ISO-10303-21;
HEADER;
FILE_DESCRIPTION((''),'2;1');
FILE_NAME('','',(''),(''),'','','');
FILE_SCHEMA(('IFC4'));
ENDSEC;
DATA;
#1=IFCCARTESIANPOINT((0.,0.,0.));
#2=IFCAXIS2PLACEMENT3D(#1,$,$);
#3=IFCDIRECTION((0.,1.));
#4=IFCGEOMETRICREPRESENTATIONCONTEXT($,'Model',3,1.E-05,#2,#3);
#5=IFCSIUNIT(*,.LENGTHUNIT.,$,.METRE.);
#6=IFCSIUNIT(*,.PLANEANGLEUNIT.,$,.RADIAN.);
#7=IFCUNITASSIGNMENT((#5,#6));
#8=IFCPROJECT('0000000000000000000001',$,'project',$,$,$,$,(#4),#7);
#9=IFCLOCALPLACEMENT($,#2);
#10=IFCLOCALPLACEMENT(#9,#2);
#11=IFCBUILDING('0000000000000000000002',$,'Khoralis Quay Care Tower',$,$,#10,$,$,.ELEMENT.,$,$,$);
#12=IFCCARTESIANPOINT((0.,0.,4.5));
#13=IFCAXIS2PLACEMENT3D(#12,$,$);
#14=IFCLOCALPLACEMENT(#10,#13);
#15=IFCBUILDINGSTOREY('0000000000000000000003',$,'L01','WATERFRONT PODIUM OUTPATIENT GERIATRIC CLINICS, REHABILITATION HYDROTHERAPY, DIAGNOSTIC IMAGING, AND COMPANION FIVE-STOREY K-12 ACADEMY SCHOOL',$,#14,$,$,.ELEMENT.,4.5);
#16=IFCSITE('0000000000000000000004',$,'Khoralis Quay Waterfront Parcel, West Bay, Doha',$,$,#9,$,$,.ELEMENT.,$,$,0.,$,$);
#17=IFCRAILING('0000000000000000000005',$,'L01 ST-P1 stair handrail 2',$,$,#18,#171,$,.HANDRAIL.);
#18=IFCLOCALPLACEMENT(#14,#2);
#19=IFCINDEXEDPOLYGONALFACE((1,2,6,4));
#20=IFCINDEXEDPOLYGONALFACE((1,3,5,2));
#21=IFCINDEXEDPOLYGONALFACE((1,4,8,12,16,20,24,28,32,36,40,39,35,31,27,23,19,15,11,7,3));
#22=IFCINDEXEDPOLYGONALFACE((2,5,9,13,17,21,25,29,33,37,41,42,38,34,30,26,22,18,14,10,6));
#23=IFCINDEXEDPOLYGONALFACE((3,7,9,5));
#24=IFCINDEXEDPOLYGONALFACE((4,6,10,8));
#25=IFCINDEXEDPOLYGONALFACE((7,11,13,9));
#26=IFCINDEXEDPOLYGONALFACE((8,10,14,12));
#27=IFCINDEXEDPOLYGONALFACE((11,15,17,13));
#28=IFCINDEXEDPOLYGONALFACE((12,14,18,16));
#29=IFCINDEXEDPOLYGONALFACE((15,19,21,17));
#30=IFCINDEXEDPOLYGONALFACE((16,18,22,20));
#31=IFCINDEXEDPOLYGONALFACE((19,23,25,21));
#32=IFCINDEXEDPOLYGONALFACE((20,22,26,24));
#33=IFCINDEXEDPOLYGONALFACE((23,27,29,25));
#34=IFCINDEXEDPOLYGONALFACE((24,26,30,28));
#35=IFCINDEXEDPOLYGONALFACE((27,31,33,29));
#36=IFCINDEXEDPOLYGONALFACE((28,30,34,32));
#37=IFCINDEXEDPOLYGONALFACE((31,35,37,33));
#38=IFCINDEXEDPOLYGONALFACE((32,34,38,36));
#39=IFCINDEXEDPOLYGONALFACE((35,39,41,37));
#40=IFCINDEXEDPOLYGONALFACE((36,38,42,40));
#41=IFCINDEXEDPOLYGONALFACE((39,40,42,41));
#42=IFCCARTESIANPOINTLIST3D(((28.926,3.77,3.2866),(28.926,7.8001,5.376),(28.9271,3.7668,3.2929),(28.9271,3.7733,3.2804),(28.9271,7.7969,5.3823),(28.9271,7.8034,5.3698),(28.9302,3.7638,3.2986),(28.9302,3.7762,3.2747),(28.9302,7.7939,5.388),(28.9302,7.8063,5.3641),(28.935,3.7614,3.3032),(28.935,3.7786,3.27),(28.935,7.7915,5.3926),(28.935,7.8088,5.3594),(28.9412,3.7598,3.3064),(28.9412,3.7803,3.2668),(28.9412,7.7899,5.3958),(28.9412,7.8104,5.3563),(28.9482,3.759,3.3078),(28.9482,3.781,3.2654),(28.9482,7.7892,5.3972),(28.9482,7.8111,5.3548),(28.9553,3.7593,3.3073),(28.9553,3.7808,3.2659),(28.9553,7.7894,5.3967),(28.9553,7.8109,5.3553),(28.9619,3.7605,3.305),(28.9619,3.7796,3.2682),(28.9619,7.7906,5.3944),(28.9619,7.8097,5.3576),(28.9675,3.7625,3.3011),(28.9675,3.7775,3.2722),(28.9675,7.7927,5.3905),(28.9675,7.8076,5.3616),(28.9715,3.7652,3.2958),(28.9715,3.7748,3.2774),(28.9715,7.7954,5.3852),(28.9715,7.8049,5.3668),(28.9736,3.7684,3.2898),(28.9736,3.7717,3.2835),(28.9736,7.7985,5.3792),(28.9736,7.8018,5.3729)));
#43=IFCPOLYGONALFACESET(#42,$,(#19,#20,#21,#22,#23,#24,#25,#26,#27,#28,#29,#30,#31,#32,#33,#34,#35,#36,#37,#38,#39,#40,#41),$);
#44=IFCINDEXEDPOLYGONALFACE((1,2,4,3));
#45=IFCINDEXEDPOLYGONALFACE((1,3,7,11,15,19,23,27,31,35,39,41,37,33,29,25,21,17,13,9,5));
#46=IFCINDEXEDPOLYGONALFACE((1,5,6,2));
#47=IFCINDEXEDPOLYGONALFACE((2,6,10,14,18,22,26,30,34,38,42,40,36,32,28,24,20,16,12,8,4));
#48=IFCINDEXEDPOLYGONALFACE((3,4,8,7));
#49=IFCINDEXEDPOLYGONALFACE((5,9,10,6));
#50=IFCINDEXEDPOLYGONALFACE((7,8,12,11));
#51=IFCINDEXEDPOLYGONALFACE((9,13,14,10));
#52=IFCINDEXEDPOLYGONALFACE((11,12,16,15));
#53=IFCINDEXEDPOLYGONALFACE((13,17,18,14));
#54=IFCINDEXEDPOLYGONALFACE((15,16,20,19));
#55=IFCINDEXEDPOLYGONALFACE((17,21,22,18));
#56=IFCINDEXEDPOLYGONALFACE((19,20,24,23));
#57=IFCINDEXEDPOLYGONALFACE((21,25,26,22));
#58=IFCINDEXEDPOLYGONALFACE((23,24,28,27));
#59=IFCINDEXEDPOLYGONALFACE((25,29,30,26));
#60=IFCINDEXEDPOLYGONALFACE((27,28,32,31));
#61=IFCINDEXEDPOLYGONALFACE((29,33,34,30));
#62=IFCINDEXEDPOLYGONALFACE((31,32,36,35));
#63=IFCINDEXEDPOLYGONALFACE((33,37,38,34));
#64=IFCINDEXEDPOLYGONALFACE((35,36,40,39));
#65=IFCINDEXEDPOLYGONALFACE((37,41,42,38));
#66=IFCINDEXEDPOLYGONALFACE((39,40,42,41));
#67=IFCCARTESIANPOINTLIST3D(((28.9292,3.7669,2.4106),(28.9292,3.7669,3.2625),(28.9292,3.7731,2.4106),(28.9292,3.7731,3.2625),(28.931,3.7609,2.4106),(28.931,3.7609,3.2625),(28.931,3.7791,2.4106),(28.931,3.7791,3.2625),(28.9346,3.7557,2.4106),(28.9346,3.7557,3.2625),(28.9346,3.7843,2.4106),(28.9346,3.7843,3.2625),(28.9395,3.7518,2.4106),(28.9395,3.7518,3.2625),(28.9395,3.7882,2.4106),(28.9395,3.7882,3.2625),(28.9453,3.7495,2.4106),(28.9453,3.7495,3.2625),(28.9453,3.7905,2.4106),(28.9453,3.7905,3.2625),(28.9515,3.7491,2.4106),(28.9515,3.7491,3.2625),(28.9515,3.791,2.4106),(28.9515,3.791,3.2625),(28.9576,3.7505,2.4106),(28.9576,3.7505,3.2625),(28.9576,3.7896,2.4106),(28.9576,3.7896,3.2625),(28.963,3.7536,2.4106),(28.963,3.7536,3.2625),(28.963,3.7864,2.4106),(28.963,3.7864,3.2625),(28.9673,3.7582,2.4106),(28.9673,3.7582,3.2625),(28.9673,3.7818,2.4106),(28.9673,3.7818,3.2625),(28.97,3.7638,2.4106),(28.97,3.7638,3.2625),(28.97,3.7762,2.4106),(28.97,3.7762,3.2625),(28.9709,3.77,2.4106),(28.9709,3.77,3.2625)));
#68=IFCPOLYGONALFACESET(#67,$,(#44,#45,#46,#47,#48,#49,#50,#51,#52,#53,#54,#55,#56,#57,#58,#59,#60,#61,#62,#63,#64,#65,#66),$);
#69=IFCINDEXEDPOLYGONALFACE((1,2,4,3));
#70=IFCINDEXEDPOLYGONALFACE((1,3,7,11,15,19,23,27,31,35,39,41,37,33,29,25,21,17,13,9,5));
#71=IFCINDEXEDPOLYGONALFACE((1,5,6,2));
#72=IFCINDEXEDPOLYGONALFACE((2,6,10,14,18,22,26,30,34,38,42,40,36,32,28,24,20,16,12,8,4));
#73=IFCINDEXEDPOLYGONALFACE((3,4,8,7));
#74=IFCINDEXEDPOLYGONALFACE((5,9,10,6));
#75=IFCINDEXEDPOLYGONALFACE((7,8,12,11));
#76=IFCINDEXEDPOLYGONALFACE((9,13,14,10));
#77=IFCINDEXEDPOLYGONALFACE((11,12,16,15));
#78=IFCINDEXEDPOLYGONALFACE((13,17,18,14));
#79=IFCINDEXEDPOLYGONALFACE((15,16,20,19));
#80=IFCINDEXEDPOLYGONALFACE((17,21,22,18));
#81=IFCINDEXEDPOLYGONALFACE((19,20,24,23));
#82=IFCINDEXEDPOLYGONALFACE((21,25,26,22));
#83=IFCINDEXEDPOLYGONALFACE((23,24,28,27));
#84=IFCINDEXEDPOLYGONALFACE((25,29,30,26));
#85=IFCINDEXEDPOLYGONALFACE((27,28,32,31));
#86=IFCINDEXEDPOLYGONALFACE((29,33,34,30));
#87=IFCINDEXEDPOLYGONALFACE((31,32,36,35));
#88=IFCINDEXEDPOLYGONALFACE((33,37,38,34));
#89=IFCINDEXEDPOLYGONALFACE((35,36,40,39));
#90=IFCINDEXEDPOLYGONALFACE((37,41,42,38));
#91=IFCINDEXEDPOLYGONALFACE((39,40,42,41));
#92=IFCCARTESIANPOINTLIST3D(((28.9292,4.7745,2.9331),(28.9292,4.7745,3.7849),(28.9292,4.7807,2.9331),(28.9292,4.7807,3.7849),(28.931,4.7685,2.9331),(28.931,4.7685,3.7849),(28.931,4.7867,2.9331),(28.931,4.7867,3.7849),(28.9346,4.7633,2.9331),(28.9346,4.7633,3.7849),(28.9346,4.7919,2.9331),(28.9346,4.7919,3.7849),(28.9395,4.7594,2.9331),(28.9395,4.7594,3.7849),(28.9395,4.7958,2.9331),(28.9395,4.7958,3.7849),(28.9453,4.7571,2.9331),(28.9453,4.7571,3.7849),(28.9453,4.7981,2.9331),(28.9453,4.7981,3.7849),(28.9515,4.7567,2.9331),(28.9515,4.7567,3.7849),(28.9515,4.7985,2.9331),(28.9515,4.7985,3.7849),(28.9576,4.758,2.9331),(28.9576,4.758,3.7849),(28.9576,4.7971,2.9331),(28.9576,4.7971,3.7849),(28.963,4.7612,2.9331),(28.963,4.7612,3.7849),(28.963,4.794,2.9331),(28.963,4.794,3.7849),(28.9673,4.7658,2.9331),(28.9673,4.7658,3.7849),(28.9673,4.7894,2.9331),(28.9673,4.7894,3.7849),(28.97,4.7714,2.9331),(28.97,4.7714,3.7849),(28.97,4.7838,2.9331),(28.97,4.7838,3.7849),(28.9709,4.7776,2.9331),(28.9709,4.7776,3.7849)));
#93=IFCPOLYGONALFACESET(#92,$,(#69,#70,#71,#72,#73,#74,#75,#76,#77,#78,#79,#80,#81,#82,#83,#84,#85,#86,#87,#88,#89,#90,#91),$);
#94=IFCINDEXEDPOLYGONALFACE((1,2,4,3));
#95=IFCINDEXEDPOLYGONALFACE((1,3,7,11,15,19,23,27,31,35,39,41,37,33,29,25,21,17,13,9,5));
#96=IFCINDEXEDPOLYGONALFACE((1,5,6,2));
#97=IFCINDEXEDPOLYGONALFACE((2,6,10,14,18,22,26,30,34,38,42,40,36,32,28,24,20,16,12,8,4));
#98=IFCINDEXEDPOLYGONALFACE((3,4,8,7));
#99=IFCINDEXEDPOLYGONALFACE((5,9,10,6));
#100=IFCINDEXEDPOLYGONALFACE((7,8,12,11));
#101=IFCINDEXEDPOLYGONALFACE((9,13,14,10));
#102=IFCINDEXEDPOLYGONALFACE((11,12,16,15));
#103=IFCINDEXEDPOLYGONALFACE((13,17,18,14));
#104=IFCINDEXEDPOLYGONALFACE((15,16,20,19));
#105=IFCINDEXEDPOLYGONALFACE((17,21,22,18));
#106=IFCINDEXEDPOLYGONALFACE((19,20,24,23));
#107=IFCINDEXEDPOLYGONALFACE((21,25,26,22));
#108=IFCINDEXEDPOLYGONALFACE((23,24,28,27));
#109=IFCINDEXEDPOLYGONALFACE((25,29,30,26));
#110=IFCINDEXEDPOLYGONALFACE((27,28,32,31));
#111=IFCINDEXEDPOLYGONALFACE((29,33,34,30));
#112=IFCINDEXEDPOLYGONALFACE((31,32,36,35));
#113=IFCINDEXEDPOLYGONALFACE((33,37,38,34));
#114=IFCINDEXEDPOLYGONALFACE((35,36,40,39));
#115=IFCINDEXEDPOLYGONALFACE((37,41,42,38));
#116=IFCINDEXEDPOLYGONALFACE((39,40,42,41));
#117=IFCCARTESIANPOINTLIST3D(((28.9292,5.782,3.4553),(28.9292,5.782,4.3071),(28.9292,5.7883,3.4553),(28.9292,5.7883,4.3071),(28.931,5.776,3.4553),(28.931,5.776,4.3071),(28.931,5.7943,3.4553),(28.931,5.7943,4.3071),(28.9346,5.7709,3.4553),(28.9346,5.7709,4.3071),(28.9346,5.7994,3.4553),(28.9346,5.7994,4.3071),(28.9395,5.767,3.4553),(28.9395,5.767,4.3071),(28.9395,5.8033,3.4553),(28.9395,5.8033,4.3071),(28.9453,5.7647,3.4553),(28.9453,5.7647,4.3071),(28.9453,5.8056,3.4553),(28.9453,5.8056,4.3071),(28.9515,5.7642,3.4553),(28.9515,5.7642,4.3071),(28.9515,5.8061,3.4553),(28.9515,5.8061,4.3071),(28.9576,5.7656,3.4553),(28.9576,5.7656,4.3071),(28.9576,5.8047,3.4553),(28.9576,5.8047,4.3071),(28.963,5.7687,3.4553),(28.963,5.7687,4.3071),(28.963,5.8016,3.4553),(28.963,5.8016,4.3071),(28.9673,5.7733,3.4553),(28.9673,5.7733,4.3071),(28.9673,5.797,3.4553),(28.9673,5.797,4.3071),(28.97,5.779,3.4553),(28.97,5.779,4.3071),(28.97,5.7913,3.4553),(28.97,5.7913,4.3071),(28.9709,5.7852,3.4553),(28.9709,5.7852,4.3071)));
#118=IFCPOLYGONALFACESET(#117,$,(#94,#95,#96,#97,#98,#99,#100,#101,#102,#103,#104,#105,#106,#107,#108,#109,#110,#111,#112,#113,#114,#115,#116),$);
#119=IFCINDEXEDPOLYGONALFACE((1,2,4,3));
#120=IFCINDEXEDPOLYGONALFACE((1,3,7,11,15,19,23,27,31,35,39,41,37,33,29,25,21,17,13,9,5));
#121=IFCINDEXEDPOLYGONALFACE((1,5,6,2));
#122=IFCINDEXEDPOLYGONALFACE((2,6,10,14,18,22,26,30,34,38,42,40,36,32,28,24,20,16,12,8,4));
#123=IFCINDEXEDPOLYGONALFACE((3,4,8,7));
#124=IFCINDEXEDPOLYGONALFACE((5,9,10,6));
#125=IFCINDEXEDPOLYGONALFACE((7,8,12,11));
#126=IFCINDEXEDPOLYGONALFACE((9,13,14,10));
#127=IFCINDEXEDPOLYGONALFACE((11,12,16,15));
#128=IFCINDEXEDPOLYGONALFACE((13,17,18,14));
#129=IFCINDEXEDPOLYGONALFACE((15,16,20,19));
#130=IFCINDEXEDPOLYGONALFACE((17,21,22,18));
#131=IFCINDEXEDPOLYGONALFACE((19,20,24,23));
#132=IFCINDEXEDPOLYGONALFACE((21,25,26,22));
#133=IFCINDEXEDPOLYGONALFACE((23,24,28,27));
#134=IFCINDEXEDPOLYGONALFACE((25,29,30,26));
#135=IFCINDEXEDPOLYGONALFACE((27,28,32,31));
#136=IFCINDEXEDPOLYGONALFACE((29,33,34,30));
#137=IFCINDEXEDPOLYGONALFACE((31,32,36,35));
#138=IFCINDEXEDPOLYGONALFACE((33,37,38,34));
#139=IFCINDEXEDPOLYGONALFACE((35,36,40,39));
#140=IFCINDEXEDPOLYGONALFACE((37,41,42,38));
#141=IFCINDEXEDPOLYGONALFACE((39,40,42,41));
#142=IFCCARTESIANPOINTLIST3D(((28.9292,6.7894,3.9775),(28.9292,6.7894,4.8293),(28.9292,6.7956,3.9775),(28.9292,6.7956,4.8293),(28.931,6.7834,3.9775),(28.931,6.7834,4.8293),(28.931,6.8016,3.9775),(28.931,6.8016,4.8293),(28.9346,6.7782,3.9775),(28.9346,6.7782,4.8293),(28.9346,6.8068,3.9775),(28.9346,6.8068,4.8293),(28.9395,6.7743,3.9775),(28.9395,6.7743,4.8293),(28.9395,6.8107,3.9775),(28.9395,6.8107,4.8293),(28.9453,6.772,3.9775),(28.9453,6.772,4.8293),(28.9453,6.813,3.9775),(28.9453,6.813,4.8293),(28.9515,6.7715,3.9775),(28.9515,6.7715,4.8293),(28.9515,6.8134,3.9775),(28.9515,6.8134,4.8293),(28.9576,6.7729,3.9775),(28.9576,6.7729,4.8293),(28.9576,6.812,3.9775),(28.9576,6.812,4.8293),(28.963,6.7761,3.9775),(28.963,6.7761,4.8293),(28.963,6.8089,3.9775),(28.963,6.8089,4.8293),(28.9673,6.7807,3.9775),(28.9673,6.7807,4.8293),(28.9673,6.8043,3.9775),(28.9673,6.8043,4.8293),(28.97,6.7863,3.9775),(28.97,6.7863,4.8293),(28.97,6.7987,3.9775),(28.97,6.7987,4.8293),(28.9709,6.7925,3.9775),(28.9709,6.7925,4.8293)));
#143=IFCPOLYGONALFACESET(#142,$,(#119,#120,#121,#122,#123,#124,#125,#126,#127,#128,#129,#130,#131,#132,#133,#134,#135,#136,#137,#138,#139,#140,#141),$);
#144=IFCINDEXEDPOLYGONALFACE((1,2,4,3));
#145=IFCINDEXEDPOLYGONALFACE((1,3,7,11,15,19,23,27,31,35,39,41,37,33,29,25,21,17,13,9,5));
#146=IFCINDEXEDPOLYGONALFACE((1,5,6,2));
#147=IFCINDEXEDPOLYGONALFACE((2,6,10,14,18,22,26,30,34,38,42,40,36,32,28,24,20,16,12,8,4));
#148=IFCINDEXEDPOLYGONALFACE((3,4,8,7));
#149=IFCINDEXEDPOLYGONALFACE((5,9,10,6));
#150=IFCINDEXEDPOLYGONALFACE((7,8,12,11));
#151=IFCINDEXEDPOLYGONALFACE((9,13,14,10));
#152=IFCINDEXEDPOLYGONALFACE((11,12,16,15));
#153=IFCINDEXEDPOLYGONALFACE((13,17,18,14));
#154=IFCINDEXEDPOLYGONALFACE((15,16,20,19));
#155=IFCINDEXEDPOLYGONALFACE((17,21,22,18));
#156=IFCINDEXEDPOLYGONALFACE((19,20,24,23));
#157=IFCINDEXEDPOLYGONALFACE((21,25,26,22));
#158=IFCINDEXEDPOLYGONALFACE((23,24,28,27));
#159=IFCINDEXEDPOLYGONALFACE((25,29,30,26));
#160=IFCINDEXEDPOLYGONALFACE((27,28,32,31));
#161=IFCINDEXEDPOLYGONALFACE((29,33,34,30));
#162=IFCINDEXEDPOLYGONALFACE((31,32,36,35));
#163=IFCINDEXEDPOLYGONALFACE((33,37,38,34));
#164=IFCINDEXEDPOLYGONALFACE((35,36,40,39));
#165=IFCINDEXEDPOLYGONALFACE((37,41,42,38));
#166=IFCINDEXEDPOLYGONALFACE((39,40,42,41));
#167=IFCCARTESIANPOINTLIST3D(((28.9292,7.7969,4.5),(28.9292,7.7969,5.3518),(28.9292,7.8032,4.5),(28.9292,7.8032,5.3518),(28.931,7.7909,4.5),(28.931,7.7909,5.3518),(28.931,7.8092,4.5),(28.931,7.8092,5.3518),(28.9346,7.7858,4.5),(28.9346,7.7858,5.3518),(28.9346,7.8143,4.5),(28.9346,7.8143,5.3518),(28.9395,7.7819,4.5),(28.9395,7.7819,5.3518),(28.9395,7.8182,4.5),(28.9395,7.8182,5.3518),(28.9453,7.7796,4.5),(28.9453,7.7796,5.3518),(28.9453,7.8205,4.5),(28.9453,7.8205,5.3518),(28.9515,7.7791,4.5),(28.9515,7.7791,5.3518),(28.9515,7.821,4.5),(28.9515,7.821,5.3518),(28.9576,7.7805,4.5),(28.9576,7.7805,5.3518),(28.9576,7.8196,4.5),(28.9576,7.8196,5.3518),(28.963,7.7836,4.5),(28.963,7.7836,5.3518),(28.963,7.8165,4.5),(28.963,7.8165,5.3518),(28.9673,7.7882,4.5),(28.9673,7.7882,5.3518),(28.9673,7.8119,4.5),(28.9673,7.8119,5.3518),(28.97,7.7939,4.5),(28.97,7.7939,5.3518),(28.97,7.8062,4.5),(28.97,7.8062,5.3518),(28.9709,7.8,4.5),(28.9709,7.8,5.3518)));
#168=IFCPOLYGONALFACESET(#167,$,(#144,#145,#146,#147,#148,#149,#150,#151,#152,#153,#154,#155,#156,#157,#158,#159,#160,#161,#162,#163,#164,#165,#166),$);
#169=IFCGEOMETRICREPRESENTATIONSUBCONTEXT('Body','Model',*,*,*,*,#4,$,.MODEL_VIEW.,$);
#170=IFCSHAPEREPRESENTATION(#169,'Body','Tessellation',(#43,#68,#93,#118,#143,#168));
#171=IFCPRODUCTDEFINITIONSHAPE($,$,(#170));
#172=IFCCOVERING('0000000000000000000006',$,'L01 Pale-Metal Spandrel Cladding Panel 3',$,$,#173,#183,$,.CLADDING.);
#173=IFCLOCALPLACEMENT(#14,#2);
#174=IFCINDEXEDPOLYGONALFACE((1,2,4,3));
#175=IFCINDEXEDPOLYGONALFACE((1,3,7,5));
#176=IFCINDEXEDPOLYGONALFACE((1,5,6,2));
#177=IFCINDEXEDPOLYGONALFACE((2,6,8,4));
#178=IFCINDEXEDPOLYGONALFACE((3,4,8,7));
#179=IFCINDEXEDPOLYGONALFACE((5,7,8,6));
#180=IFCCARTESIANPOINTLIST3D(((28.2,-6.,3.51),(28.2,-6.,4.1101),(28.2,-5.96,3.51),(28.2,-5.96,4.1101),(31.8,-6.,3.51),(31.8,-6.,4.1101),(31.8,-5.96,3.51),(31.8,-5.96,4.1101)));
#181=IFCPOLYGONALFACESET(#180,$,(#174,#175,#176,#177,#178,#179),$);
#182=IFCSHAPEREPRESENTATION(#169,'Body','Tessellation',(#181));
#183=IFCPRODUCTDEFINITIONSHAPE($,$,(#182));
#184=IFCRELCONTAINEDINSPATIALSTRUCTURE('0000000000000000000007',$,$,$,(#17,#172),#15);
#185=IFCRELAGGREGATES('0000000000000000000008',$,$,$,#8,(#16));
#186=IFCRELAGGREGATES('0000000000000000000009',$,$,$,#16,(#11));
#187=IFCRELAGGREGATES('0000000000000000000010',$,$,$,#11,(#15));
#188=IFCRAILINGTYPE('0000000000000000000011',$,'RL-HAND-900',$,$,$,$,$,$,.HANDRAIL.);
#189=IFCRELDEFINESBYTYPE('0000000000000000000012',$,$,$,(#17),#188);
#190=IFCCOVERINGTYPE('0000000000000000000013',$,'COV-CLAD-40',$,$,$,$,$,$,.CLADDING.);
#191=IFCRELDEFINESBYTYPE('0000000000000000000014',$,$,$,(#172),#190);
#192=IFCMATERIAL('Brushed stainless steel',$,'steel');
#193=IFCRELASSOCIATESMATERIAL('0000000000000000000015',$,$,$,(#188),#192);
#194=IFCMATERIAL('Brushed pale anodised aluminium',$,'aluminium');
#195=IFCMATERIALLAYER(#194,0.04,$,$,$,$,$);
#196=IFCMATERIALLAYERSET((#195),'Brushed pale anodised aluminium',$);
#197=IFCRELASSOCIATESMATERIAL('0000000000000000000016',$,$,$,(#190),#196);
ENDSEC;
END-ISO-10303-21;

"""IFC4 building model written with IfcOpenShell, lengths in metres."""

from ifc_helpers import new_model, si_unit, direction, frame, origin, origin_2d, place, context, subcontext, project, spatial, rectangle, circle, extrude, source, transform, mapped, material, layer, layer_set, type_object, element, save


model = new_model("IFC4")

# Units and contexts
model_context = context("Model", 3, precision=1e-05, world=origin(), true_north=direction((0.0, 1.0)))
body_context = subcontext(model_context, "Body", "Model", "MODEL_VIEW")
ifc_project = project(units=[si_unit("LENGTHUNIT", "METRE"), si_unit("PLANEANGLEUNIT", "RADIAN")], contexts=[model_context])

# Site, building, storey
site_placement = place(None, origin())
site = spatial("IfcSite", under=ifc_project, at=site_placement, Name="Khoralis Quay Waterfront Parcel, West Bay, Doha", CompositionType="ELEMENT", RefElevation=0.0)
building_placement = place(site_placement, origin())
building = spatial("IfcBuilding", under=site, at=building_placement, Name="Khoralis Quay Care Tower", CompositionType="ELEMENT")
storey_placement = place(building_placement, frame((0.0, 0.0, 4.5)))
storey = spatial("IfcBuildingStorey", under=building, at=storey_placement, Name="L01", Description="WATERFRONT PODIUM OUTPATIENT GERIATRIC CLINICS, REHABILITATION HYDROTHERAPY, DIAGNOSTIC IMAGING, AND COMPANION FIVE-STOREY K-12 ACADEMY SCHOOL", CompositionType="ELEMENT", Elevation=4.5)

# Shared definitions
ifc_material_1 = material(Name="Brushed stainless steel", Category="steel")

# Railing
railing_type_1 = type_object("IfcRailingType", Name="RL-HAND-900", PredefinedType="HANDRAIL", material=ifc_material_1)
railing_1_placement = place(storey_placement, frame((28.95, 3.77, 2.4106)))
element("IfcRailing", 1, at=railing_1_placement, inside=storey, type_object=railing_type_1, Name="L01 ST-P1 stair handrail 2", PredefinedType="HANDRAIL", context=body_context, shape_type="SweptSolid", body=[
    extrude(circle(Radius=0.0239, at=origin_2d()), frame((0.0, 0.0, 0.876), z_axis=(0.0, 0.887781, 0.460267), x_axis=(-1.0, 0.0, 0.0)), (0.0, 0.0, 1.0), 4.5396),
    extrude(circle(Radius=0.021, at=origin_2d()), origin(), (0.0, 0.0, 1.0), 0.8518),
    extrude(circle(Radius=0.021, at=origin_2d()), frame((0.0, 1.0076, 0.5225)), (0.0, 0.0, 1.0), 0.8518),
    extrude(circle(Radius=0.021, at=origin_2d()), frame((0.0, 2.0151, 1.0447)), (0.0, 0.0, 1.0), 0.8518),
    extrude(circle(Radius=0.021, at=origin_2d()), frame((0.0, 3.0225, 1.5669)), (0.0, 0.0, 1.0), 0.8518),
    extrude(circle(Radius=0.021, at=origin_2d()), frame((0.0, 4.03, 2.0894)), (0.0, 0.0, 1.0), 0.8518),
])

# Covering
ifc_material_2 = material(Name="Brushed pale anodised aluminium", Category="aluminium")
ifc_layer_1 = layer(ifc_material_2, 0.04)
ifc_layer_set_1 = layer_set([ifc_layer_1], Name="Brushed pale anodised aluminium")
covering_type = type_object("IfcCoveringType", Name="COV-CLAD-40", PredefinedType="CLADDING", material=ifc_layer_set_1)
shared_shape_1 = source(origin(), body_context, "Body", "SweptSolid", [
    extrude(rectangle(XDim=3.6001, YDim=0.04, at=origin_2d()), origin(), (0.0, 0.0, 1.0), 0.6001),
])
covering_placement = place(storey_placement, frame((30.0, -5.98, 3.51), z_axis=(0.0, 0.0, 1.0), x_axis=(1.0, 0.0, 0.0)))
element("IfcCovering", 2, at=covering_placement, inside=storey, type_object=covering_type, Name="L01 Pale-Metal Spandrel Cladding Panel 3", PredefinedType="CLADDING", context=body_context, shape_type="MappedRepresentation", body=[
    mapped(shared_shape_1, transform((0.0, 0.0, 0.0), scale=1.0)),
])

save(model, "model.ifc")
